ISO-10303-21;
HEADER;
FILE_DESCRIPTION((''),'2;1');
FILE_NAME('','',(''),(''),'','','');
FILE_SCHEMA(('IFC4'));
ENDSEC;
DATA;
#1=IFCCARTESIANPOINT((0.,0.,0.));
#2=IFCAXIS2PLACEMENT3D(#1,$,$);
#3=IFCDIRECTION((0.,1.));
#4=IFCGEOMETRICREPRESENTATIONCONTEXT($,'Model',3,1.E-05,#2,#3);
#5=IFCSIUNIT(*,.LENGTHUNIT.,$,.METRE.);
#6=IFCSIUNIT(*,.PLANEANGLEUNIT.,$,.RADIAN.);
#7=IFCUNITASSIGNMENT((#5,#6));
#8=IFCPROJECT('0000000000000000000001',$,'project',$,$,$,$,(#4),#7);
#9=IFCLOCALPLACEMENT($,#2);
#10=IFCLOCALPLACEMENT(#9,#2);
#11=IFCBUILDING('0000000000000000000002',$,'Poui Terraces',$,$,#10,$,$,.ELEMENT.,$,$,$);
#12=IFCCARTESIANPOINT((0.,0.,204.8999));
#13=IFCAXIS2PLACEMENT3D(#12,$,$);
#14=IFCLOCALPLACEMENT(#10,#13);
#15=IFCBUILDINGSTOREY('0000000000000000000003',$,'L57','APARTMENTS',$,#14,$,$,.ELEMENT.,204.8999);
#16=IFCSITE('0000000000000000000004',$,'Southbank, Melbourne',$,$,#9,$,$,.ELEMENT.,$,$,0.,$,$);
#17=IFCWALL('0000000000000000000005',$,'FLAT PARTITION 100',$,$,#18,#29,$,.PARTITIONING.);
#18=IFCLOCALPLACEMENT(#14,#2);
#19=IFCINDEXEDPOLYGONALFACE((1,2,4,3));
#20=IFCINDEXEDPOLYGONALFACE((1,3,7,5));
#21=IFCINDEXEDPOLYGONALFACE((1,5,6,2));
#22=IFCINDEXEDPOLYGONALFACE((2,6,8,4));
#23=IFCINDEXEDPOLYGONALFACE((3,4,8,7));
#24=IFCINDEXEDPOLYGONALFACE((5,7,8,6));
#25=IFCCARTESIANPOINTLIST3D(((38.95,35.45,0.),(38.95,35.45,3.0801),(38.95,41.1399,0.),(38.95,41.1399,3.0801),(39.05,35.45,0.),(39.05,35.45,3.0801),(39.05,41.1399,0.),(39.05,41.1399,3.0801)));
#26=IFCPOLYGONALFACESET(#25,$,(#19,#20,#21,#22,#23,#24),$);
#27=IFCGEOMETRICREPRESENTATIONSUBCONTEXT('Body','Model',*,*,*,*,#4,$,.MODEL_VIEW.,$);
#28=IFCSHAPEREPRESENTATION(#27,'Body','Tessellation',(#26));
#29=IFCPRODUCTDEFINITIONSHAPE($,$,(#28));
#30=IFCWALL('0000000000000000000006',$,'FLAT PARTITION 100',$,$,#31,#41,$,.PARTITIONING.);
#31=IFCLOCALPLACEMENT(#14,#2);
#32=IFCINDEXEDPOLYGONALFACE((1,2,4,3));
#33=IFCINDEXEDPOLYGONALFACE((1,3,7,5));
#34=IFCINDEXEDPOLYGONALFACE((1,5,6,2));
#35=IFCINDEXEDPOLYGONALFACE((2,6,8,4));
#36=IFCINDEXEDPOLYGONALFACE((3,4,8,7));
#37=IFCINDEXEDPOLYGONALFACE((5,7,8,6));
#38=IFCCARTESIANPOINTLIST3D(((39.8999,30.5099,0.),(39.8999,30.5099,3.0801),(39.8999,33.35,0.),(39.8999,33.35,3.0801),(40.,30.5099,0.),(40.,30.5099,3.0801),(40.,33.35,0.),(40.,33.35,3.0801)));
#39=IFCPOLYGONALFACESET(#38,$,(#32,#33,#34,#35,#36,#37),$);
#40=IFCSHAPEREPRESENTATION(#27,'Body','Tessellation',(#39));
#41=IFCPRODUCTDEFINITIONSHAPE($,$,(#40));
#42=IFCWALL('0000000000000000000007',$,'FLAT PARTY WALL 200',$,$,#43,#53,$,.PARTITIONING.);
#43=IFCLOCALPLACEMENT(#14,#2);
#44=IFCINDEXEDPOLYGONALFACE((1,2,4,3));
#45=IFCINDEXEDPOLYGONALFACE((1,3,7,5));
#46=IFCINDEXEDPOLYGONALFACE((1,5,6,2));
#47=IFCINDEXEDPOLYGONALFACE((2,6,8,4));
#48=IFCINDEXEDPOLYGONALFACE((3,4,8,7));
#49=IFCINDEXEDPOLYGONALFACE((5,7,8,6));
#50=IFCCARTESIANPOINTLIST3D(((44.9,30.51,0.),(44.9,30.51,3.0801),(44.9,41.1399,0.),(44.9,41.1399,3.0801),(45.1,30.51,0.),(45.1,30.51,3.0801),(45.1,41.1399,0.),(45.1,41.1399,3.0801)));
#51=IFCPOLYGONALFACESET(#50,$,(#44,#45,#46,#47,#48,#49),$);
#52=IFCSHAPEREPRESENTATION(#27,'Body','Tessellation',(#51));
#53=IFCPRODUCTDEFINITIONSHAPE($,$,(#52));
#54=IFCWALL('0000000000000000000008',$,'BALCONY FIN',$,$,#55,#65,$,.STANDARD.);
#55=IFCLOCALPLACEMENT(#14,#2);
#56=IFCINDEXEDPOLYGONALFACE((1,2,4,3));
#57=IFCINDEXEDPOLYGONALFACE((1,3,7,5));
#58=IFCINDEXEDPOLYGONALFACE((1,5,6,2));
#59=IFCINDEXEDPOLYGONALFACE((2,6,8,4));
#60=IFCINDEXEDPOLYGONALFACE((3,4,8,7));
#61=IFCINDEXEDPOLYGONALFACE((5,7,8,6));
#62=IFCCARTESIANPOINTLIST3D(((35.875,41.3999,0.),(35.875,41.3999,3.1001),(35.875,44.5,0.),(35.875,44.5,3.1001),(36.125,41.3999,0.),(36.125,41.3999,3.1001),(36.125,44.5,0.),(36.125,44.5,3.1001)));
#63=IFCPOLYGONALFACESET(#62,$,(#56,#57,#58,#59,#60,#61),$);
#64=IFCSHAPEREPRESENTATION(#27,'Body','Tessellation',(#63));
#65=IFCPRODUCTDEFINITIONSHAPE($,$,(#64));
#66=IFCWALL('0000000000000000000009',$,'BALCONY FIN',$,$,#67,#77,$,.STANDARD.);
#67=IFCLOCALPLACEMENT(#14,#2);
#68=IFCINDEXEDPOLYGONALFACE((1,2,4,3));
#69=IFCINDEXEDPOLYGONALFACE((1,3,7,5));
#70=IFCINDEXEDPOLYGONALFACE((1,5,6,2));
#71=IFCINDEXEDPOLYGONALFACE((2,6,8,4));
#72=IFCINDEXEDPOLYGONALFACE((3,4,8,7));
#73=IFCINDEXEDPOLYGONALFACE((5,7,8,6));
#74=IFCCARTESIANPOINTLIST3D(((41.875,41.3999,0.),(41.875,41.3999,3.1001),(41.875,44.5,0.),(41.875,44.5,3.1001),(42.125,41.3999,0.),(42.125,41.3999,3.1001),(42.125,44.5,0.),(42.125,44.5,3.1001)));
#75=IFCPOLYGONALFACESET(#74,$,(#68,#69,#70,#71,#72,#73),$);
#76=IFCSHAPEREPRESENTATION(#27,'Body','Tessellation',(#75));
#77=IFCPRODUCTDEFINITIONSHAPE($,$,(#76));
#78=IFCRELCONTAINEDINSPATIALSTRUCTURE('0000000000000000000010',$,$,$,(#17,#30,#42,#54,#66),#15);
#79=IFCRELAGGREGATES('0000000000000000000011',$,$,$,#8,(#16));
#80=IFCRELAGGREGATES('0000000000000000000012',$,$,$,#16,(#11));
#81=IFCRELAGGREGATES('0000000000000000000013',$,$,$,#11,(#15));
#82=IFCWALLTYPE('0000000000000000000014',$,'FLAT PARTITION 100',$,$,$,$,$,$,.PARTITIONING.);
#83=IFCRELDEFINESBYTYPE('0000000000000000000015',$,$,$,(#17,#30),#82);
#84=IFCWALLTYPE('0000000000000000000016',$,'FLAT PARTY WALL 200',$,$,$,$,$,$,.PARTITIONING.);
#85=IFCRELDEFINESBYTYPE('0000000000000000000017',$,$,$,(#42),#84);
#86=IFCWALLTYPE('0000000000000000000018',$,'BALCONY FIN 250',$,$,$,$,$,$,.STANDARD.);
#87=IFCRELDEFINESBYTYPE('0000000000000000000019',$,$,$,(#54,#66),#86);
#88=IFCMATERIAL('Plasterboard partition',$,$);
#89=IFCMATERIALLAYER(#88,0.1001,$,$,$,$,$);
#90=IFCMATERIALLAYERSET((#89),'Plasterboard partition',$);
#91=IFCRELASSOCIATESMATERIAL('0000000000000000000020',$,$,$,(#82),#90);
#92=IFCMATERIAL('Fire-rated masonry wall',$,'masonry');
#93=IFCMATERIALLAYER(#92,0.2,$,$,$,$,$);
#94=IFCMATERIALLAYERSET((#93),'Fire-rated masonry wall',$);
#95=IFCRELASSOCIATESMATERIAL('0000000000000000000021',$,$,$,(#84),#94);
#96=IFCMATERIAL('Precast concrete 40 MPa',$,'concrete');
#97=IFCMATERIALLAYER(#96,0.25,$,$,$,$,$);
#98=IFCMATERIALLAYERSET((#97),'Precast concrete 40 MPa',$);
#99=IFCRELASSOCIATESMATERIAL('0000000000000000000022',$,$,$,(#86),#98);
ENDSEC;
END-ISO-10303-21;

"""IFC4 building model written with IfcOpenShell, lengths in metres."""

from ifc_helpers import new_model, si_unit, direction, frame, frame_2d, origin, place, context, subcontext, project, spatial, polyline, rectangle, outline, extrude, source, transform, mapped, material, layer, layer_set, type_object, element, save


model = new_model("IFC4")

# Units and contexts
model_context = context("Model", 3, precision=1e-05, world=origin(), true_north=direction((0.0, 1.0)))
body_context = subcontext(model_context, "Body", "Model", "MODEL_VIEW")
ifc_project = project(units=[si_unit("LENGTHUNIT", "METRE"), si_unit("PLANEANGLEUNIT", "RADIAN")], contexts=[model_context])

# Site, building, storey
site_placement = place(None, origin())
site = spatial("IfcSite", under=ifc_project, at=site_placement, Name="Southbank, Melbourne", CompositionType="ELEMENT", RefElevation=0.0)
building_placement = place(site_placement, origin())
building = spatial("IfcBuilding", under=site, at=building_placement, Name="Poui Terraces", CompositionType="ELEMENT")
storey_placement = place(building_placement, frame((0.0, 0.0, 204.8999)))
storey = spatial("IfcBuildingStorey", under=building, at=storey_placement, Name="L57", Description="APARTMENTS", CompositionType="ELEMENT", Elevation=204.8999)

# Shared definitions
ifc_material_1 = material(Name="Plasterboard partition")
ifc_layer_1 = layer(ifc_material_1, 0.1001)
ifc_layer_set_1 = layer_set([ifc_layer_1], Name="Plasterboard partition")
wall_type_1 = type_object("IfcWallType", Name="FLAT PARTITION 100", PredefinedType="PARTITIONING", material=ifc_layer_set_1)

# Walls
wall_1_placement = place(storey_placement, frame((39.0, 35.45, 0.0), z_axis=(0.0, 0.0, 1.0), x_axis=(0.0, 1.0, 0.0)))
element("IfcWall", 1, at=wall_1_placement, inside=storey, type_object=wall_type_1, Name="FLAT PARTITION 100", PredefinedType="PARTITIONING", context=body_context, shape_type="SweptSolid", body=[
    extrude(rectangle(XDim=5.6899, YDim=0.1001, at=frame_2d((2.845, 0.0))), origin(), (0.0, 0.0, 1.0), 3.0801),
])
wall_2_placement = place(storey_placement, frame((39.95, 30.51, 0.0), z_axis=(0.0, 0.0, 1.0), x_axis=(0.0, 1.0, 0.0)))
element("IfcWall", 2, at=wall_2_placement, inside=storey, type_object=wall_type_1, Name="FLAT PARTITION 100", PredefinedType="PARTITIONING", context=body_context, shape_type="SweptSolid", body=[
    extrude(rectangle(XDim=2.8401, YDim=0.1001, at=frame_2d((1.4199, 0.0))), origin(), (0.0, 0.0, 1.0), 3.0801),
])
ifc_material_2 = material(Name="Fire-rated masonry wall", Category="masonry")
ifc_layer_2 = layer(ifc_material_2, 0.2)
ifc_layer_set_2 = layer_set([ifc_layer_2], Name="Fire-rated masonry wall")
wall_type_2 = type_object("IfcWallType", Name="FLAT PARTY WALL 200", PredefinedType="PARTITIONING", material=ifc_layer_set_2)
wall_3_placement = place(storey_placement, frame((45.0, 30.51, 0.0), z_axis=(0.0, 0.0, 1.0), x_axis=(0.0, 1.0, 0.0)))
element("IfcWall", 3, at=wall_3_placement, inside=storey, type_object=wall_type_2, Name="FLAT PARTY WALL 200", PredefinedType="PARTITIONING", context=body_context, shape_type="SweptSolid", body=[
    extrude(rectangle(XDim=10.6299, YDim=0.2, at=frame_2d((5.3149, 0.0))), origin(), (0.0, 0.0, 1.0), 3.0801),
])
ifc_material_3 = material(Name="Precast concrete 40 MPa", Category="concrete")
ifc_layer_3 = layer(ifc_material_3, 0.25)
ifc_layer_set_3 = layer_set([ifc_layer_3], Name="Precast concrete 40 MPa")
wall_type_3 = type_object("IfcWallType", Name="BALCONY FIN 250", PredefinedType="STANDARD", material=ifc_layer_set_3)
shared_shape_1 = source(origin(), body_context, "Body", "SweptSolid", [
    extrude(outline(polyline([(0.0, 0.0), (0.25, 0.0), (0.25, 3.1001), (0.0, 3.1001), (0.0, 0.0)])), origin(), (0.0, 0.0, 1.0), 3.1001),
])
for number, where, name in (
    (4, (35.875, 41.3999, 0.0), "BALCONY FIN"),
    (5, (41.875, 41.3999, 0.0), "BALCONY FIN"),
):
    element("IfcWall", number, at=place(storey_placement, frame(where)), inside=storey, type_object=wall_type_3, Name=name, PredefinedType="STANDARD", context=body_context, shape_type="MappedRepresentation", body=[
        mapped(shared_shape_1, transform((0.0, 0.0, 0.0))),
    ])

save(model, "model.ifc")
